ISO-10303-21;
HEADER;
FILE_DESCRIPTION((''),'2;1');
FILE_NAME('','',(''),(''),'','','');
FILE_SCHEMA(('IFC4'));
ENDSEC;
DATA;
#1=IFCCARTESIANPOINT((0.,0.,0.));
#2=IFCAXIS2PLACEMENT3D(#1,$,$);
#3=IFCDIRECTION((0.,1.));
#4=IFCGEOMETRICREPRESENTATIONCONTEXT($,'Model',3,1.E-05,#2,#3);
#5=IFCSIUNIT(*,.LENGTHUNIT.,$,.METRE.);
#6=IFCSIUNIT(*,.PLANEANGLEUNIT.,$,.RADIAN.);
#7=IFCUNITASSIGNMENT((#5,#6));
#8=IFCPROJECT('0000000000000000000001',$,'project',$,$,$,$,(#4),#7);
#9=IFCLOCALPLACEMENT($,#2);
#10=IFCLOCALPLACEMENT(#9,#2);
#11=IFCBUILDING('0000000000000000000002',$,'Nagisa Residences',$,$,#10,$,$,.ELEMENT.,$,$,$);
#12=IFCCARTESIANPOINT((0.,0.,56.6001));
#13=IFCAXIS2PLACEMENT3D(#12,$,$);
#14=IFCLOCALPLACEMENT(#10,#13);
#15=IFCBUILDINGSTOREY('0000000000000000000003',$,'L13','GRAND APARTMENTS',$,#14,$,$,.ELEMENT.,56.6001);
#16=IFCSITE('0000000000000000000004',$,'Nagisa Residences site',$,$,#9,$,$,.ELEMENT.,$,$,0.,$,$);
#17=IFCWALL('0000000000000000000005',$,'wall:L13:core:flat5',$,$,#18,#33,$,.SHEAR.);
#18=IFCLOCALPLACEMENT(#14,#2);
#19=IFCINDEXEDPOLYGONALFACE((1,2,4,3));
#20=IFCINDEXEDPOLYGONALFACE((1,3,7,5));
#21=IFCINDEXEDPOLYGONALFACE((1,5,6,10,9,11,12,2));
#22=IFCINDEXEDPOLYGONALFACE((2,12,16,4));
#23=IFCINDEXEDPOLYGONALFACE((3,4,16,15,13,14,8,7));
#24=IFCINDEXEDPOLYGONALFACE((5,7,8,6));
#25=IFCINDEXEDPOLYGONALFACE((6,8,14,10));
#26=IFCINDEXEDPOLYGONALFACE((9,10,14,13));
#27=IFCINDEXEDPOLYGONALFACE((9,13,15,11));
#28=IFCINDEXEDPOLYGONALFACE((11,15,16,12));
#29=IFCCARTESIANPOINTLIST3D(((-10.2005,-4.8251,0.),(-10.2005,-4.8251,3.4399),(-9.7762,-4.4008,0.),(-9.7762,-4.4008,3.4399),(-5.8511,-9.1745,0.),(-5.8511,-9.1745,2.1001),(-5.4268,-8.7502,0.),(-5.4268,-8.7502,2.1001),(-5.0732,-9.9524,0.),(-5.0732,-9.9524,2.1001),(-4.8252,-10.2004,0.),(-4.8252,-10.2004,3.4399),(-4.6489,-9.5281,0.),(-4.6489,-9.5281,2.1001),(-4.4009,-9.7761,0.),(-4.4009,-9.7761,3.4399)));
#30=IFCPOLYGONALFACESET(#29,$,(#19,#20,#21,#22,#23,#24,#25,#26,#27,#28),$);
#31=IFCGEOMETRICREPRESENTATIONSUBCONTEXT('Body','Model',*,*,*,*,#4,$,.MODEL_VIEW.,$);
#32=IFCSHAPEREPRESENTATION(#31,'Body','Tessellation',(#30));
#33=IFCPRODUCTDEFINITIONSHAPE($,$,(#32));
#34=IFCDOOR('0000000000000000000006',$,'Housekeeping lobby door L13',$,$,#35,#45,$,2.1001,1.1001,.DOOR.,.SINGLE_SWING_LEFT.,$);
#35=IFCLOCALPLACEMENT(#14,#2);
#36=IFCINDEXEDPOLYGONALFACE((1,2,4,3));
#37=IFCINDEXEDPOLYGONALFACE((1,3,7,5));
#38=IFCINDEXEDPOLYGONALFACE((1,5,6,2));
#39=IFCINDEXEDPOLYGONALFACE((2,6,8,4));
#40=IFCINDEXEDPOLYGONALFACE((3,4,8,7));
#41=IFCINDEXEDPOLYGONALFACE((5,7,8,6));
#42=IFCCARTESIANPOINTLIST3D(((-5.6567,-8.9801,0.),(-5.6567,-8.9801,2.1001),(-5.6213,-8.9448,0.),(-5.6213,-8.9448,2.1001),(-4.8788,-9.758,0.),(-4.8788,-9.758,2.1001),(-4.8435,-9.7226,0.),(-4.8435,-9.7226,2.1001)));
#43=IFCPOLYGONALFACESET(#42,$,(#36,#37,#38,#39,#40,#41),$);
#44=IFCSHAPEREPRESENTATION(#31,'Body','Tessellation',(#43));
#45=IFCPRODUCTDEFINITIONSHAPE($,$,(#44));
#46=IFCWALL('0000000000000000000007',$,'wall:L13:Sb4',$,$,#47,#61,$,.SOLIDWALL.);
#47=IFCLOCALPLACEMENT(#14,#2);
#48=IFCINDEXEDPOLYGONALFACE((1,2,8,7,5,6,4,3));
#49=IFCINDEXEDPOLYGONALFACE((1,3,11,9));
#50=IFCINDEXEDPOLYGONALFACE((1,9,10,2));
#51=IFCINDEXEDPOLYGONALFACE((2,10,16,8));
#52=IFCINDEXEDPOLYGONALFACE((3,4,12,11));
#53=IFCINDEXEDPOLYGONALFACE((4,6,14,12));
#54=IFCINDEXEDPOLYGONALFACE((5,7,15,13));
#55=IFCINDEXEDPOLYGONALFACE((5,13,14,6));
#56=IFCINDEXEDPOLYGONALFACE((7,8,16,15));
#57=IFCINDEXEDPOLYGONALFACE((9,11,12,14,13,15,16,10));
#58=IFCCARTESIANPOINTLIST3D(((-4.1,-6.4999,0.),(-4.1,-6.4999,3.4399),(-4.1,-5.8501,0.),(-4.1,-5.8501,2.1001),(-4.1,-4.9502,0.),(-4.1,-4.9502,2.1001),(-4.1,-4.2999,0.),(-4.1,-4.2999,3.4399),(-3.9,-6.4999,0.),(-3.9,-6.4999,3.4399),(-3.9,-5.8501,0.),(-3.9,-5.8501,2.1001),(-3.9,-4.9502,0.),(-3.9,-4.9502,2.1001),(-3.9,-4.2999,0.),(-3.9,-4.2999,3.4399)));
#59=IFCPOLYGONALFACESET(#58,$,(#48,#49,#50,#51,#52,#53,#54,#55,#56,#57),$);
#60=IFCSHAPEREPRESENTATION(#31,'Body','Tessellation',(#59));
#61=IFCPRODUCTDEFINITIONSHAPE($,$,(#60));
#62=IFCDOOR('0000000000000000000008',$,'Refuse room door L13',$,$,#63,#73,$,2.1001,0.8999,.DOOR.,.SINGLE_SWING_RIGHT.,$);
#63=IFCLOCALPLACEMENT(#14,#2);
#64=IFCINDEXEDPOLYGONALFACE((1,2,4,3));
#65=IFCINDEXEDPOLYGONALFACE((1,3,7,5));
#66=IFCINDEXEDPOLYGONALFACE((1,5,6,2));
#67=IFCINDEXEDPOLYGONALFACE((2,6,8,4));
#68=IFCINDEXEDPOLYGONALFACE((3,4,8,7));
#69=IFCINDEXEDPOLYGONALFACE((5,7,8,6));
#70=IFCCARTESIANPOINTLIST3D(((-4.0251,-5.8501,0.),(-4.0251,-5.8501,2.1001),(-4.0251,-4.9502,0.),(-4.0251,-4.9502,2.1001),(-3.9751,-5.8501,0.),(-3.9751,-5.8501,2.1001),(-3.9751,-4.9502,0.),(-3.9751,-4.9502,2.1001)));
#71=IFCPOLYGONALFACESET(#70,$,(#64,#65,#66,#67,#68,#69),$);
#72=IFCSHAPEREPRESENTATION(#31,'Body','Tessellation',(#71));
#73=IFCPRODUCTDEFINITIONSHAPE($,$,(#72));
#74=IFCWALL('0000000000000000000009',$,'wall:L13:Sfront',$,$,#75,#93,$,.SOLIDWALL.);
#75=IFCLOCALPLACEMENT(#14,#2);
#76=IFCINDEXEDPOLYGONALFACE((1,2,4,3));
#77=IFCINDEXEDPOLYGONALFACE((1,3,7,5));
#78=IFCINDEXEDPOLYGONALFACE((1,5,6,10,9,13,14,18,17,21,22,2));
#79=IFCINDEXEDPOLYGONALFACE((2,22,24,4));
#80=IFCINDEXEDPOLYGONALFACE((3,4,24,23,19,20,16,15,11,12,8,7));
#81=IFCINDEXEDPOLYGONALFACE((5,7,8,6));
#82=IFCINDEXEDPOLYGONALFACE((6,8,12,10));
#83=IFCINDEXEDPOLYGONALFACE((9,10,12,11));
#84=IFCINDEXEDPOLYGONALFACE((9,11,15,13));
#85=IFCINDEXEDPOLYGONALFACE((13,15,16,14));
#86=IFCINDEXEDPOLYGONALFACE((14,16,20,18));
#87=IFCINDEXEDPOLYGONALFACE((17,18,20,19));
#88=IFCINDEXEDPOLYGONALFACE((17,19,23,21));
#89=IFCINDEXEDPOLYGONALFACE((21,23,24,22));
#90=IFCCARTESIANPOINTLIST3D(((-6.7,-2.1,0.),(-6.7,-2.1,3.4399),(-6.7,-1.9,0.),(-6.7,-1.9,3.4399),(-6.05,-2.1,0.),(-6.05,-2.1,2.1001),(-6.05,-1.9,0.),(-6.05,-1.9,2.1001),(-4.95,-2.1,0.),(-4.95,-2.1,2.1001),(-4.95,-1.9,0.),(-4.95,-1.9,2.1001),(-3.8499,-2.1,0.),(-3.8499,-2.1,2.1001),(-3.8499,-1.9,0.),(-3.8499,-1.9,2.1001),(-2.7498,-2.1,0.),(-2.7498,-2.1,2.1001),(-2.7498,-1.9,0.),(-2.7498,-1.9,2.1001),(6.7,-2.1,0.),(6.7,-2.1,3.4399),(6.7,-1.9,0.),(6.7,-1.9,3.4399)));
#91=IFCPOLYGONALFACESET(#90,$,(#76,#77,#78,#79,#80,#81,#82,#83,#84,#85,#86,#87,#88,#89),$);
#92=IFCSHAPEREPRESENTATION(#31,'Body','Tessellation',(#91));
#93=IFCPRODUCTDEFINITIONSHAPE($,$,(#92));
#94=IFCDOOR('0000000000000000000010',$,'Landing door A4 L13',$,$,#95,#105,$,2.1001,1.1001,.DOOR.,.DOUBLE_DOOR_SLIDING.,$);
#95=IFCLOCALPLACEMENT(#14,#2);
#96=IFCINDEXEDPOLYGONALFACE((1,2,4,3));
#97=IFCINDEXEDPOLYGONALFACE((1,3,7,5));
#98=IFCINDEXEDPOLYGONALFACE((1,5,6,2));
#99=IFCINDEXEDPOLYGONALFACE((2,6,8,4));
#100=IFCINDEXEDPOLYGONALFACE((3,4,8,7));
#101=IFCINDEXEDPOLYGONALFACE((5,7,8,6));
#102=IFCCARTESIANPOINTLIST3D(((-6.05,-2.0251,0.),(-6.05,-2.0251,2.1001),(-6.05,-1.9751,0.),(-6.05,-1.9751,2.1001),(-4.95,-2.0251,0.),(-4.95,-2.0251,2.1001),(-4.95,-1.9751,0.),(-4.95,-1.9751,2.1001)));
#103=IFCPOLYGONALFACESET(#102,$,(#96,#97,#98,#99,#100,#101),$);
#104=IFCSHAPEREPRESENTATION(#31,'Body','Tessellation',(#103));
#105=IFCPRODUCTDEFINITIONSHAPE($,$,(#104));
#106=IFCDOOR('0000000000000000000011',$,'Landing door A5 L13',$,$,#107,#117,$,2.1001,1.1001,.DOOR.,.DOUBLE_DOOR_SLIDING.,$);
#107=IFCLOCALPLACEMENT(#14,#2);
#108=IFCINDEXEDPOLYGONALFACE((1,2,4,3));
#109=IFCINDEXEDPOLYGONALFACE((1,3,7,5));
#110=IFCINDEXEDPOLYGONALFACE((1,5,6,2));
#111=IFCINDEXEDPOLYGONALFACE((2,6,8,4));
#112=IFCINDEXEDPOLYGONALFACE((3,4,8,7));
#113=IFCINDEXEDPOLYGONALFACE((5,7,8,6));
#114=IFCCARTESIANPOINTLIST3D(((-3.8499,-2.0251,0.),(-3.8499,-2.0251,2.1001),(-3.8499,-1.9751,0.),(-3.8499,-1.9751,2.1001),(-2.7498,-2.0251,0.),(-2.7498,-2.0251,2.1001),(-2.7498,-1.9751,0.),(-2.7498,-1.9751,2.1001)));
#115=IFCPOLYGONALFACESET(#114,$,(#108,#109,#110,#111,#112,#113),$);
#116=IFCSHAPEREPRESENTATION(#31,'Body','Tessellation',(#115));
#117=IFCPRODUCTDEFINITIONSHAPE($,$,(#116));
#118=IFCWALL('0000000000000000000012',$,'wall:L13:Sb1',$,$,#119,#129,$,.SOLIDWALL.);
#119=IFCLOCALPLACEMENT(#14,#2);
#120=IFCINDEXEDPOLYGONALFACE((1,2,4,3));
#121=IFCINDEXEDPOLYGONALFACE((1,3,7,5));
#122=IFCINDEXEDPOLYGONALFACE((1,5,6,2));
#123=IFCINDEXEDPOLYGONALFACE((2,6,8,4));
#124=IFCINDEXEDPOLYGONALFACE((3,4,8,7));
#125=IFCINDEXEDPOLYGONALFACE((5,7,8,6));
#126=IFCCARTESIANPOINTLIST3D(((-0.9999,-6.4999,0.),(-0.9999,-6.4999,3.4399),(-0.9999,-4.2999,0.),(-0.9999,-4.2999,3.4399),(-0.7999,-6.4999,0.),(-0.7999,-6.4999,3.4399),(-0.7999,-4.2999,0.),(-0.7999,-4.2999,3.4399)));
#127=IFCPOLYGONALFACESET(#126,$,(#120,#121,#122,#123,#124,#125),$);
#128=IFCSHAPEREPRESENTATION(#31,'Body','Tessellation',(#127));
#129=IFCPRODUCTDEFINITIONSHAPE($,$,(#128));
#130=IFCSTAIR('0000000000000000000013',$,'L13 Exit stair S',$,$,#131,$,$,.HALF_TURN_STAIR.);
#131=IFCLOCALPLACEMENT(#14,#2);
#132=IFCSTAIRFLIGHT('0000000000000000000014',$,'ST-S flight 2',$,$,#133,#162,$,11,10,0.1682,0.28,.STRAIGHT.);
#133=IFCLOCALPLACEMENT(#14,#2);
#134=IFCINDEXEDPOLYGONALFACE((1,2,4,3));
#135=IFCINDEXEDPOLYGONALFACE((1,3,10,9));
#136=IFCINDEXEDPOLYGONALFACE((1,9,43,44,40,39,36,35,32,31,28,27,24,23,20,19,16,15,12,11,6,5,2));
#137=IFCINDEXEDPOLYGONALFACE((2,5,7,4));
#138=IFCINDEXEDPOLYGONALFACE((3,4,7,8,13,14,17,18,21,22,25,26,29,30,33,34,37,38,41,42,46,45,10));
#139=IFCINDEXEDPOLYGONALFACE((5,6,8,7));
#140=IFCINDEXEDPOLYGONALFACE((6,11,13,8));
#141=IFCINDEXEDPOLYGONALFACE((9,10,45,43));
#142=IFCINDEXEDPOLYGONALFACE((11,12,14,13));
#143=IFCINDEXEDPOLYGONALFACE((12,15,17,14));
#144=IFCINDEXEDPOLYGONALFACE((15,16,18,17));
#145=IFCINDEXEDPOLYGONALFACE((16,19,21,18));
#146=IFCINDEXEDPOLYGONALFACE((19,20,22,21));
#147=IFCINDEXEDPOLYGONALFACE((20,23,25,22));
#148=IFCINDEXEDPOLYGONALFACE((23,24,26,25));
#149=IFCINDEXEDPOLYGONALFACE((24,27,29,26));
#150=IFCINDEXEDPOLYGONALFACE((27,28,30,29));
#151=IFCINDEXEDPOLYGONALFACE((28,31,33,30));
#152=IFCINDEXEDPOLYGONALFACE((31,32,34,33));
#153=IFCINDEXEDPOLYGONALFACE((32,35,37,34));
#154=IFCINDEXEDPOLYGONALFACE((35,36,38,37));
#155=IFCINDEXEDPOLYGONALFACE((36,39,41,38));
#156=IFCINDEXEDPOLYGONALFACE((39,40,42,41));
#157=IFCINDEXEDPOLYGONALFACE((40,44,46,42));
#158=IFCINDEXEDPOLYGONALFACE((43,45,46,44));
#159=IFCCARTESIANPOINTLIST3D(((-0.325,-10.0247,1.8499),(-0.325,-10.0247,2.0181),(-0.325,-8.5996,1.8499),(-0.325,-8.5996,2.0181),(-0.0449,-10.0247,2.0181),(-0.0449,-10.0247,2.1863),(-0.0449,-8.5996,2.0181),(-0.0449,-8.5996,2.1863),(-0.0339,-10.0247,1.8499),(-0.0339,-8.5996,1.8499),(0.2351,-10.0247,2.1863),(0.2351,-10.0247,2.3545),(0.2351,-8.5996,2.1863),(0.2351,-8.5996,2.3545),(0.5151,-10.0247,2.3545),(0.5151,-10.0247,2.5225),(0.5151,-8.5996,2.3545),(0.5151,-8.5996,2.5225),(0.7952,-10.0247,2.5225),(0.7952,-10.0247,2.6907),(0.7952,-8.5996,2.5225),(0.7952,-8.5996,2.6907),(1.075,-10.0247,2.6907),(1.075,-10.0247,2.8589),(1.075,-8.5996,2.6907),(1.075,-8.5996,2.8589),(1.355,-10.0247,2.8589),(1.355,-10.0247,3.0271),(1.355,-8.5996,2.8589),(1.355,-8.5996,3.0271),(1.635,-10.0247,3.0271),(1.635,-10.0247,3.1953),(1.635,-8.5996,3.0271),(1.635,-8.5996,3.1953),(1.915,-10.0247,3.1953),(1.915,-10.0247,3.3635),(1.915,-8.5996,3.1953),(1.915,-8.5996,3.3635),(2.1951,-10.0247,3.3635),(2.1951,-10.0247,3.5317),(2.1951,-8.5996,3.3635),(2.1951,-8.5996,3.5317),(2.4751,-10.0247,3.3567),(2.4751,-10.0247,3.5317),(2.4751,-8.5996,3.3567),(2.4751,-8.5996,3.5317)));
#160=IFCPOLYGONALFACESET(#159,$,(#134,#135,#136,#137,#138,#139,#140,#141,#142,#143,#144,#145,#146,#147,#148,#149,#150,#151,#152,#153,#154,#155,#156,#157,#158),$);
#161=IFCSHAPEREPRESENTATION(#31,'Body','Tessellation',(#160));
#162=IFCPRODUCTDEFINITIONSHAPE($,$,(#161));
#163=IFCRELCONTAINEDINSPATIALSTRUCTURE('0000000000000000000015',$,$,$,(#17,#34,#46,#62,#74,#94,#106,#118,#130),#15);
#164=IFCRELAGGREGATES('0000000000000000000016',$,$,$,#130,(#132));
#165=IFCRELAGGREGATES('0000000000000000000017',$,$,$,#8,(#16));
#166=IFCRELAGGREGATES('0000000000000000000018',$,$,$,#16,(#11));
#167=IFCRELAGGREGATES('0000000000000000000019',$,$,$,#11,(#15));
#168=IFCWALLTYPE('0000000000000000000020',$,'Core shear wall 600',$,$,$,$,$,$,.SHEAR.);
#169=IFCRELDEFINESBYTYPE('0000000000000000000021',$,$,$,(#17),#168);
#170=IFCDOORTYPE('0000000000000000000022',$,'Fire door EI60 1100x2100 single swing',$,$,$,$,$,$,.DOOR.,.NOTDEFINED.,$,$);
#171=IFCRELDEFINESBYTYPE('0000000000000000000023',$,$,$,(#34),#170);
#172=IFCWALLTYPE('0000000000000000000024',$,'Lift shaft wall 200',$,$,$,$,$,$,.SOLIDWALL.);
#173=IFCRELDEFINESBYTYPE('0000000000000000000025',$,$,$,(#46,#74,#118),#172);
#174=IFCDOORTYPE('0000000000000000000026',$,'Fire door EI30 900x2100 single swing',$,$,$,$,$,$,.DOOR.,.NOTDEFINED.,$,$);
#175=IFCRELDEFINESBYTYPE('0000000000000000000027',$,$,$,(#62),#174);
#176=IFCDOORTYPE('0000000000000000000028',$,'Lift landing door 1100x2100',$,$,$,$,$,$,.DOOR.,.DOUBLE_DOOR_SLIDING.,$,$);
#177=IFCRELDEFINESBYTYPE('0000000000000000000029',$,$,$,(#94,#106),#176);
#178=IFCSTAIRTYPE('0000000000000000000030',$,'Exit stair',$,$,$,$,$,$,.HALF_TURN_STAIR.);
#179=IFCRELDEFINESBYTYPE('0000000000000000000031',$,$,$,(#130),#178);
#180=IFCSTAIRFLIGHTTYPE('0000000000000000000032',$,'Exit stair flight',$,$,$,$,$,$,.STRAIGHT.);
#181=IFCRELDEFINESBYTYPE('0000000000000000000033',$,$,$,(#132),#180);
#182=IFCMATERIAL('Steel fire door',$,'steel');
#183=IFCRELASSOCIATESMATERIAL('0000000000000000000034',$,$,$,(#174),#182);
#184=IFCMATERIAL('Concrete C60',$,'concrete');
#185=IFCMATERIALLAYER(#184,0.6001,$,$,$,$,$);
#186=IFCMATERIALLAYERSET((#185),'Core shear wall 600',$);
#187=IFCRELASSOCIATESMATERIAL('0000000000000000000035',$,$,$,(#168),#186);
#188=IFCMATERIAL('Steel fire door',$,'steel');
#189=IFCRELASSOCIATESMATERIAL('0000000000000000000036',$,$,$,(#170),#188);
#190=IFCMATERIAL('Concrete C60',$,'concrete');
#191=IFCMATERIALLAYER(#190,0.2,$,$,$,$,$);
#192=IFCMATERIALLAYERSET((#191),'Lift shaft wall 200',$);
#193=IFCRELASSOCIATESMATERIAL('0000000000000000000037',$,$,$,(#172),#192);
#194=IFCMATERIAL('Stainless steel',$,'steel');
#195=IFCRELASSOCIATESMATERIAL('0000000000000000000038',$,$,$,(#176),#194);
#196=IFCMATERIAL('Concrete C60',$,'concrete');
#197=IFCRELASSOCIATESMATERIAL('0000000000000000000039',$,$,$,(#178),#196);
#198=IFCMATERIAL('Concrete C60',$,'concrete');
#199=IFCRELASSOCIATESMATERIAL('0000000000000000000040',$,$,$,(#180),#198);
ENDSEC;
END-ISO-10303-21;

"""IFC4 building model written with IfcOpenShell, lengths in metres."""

from ifc_helpers import new_model, si_unit, direction, frame, frame_2d, origin, place, context, subcontext, project, spatial, polyline, rectangle, outline, extrude, material, layer, layer_set, type_object, element, fill, aggregate, save


model = new_model("IFC4")

# Units and contexts
model_context = context("Model", 3, precision=1e-05, world=origin(), true_north=direction((0.0, 1.0)))
body_context = subcontext(model_context, "Body", "Model", "MODEL_VIEW")
ifc_project = project(units=[si_unit("LENGTHUNIT", "METRE"), si_unit("PLANEANGLEUNIT", "RADIAN")], contexts=[model_context])

# Site, building, storey
site_placement = place(None, origin())
site = spatial("IfcSite", under=ifc_project, at=site_placement, Name="Nagisa Residences site", CompositionType="ELEMENT", RefElevation=0.0)
building_placement = place(site_placement, origin())
building = spatial("IfcBuilding", under=site, at=building_placement, Name="Nagisa Residences", CompositionType="ELEMENT")
storey_placement = place(building_placement, frame((0.0, 0.0, 56.6001)))
storey = spatial("IfcBuildingStorey", under=building, at=storey_placement, Name="L13", Description="GRAND APARTMENTS", CompositionType="ELEMENT", Elevation=56.6001)

# Shared definitions
ifc_material_1 = material(Name="Steel fire door", Category="steel")
door_type_1 = type_object("IfcDoorType", Name="Fire door EI30 900x2100 single swing", OperationType="NOTDEFINED", PredefinedType="DOOR", material=ifc_material_1)

# Walls, openings, doors
ifc_material_2 = material(Name="Concrete C60", Category="concrete")
ifc_layer_1 = layer(ifc_material_2, 0.6001)
ifc_layer_set_1 = layer_set([ifc_layer_1], Name="Core shear wall 600")
wall_type_1 = type_object("IfcWallType", Name="Core shear wall 600", PredefinedType="SHEAR", material=ifc_layer_set_1)
wall_1_placement = place(storey_placement, frame((-9.9883, -4.613, 0.0), z_axis=(0.0, 0.0, 1.0), x_axis=(0.707107, -0.707107, 0.0)))
wall_1 = element("IfcWall", 1, at=wall_1_placement, inside=storey, type_object=wall_type_1, Name="wall:L13:core:flat5", PredefinedType="SHEAR", context=body_context, shape_type="SweptSolid", body=[
    extrude(rectangle(XDim=7.6018, YDim=0.6001, at=frame_2d((3.8008, 0.0))), origin(), (0.0, 0.0, 1.0), 3.4399),
])
opening_1_placement = place(wall_1_placement, frame((6.1509, 0.0, 0.0)))
opening_1 = element("IfcOpeningElement", 2, at=opening_1_placement, cuts=wall_1, PredefinedType="OPENING", context=body_context, shape_type="SweptSolid", body=[
    extrude(rectangle(XDim=1.1001, YDim=2.1001, at=frame_2d((0.55, 1.05))), frame((0.0, 0.3101, 0.0), z_axis=(0.0, -1.0, 0.0), x_axis=(1.0, 0.0, 0.0)), (0.0, 0.0, 1.0), 0.6201),
])
ifc_material_3 = material(Name="Steel fire door", Category="steel")
door_type_2 = type_object("IfcDoorType", Name="Fire door EI60 1100x2100 single swing", OperationType="NOTDEFINED", PredefinedType="DOOR", material=ifc_material_3)
door_1_placement = place(opening_1_placement, origin())
door_1 = element("IfcDoor", 3, at=door_1_placement, inside=storey, type_object=door_type_2, Name="Housekeeping lobby door L13", OperationType="SINGLE_SWING_LEFT", OverallHeight=2.1001, OverallWidth=1.1001, PredefinedType="DOOR", context=body_context, shape_type="SweptSolid", body=[
    extrude(rectangle(XDim=1.1001, YDim=2.1001, at=frame_2d((0.55, 1.05))), frame((0.0, 0.0249, 0.0), z_axis=(0.0, -1.0, 0.0), x_axis=(1.0, 0.0, 0.0)), (0.0, 0.0, 1.0), 0.05),
])
fill(opening_1, door_1)
ifc_material_4 = material(Name="Concrete C60", Category="concrete")
ifc_layer_2 = layer(ifc_material_4, 0.2)
ifc_layer_set_2 = layer_set([ifc_layer_2], Name="Lift shaft wall 200")
wall_type_2 = type_object("IfcWallType", Name="Lift shaft wall 200", PredefinedType="SOLIDWALL", material=ifc_layer_set_2)
wall_2_placement = place(storey_placement, frame((-4.0, -6.5, 0.0), z_axis=(0.0, 0.0, 1.0), x_axis=(0.0, 1.0, 0.0)))
wall_2 = element("IfcWall", 4, at=wall_2_placement, inside=storey, type_object=wall_type_2, Name="wall:L13:Sb4", PredefinedType="SOLIDWALL", context=body_context, shape_type="SweptSolid", body=[
    extrude(rectangle(XDim=2.2, YDim=0.2, at=frame_2d((1.1001, 0.0))), origin(), (0.0, 0.0, 1.0), 3.4399),
])
opening_2_placement = place(wall_2_placement, frame((0.6499, 0.0, 0.0)))
opening_2 = element("IfcOpeningElement", 5, at=opening_2_placement, cuts=wall_2, PredefinedType="OPENING", context=body_context, shape_type="SweptSolid", body=[
    extrude(rectangle(XDim=0.8999, YDim=2.1001, at=frame_2d((0.45, 1.05))), frame((0.0, 0.1099, 0.0), z_axis=(0.0, -1.0, 0.0), x_axis=(1.0, 0.0, 0.0)), (0.0, 0.0, 1.0), 0.22),
])
door_2_placement = place(opening_2_placement, frame((0.8999, 0.0, 0.0), x_axis=(-1.0, 0.0, 0.0)))
door_2 = element("IfcDoor", 6, at=door_2_placement, inside=storey, type_object=door_type_1, Name="Refuse room door L13", OperationType="SINGLE_SWING_RIGHT", OverallHeight=2.1001, OverallWidth=0.8999, PredefinedType="DOOR", context=body_context, shape_type="SweptSolid", body=[
    extrude(rectangle(XDim=0.8999, YDim=2.1001, at=frame_2d((0.45, 1.05))), frame((0.0, 0.0249, 0.0), z_axis=(0.0, -1.0, 0.0), x_axis=(1.0, 0.0, 0.0)), (0.0, 0.0, 1.0), 0.05),
])
fill(opening_2, door_2)

# Wall, openings, doors
wall_3_placement = place(storey_placement, frame((-6.7, -2.0, 0.0), z_axis=(0.0, 0.0, 1.0), x_axis=(1.0, 0.0, 0.0)))
wall_3 = element("IfcWall", 7, at=wall_3_placement, inside=storey, type_object=wall_type_2, Name="wall:L13:Sfront", PredefinedType="SOLIDWALL", context=body_context, shape_type="SweptSolid", body=[
    extrude(rectangle(XDim=13.3999, YDim=0.2, at=frame_2d((6.7, 0.0))), origin(), (0.0, 0.0, 1.0), 3.4399),
])
opening_3_placement = place(wall_3_placement, frame((0.6499, 0.0, 0.0)))
opening_3 = element("IfcOpeningElement", 8, at=opening_3_placement, cuts=wall_3, PredefinedType="OPENING", context=body_context, shape_type="SweptSolid", body=[
    extrude(rectangle(XDim=1.1001, YDim=2.1001, at=frame_2d((0.55, 1.05))), frame((0.0, 0.1099, 0.0), z_axis=(0.0, -1.0, 0.0), x_axis=(1.0, 0.0, 0.0)), (0.0, 0.0, 1.0), 0.22),
])
opening_4_placement = place(wall_3_placement, frame((2.8501, 0.0, 0.0)))
opening_4 = element("IfcOpeningElement", 9, at=opening_4_placement, cuts=wall_3, PredefinedType="OPENING", context=body_context, shape_type="SweptSolid", body=[
    extrude(rectangle(XDim=1.1001, YDim=2.1001, at=frame_2d((0.55, 1.05))), frame((0.0, 0.1099, 0.0), z_axis=(0.0, -1.0, 0.0), x_axis=(1.0, 0.0, 0.0)), (0.0, 0.0, 1.0), 0.22),
])
ifc_material_5 = material(Name="Stainless steel", Category="steel")
door_type_3 = type_object("IfcDoorType", Name="Lift landing door 1100x2100", OperationType="DOUBLE_DOOR_SLIDING", PredefinedType="DOOR", material=ifc_material_5)
door_3_placement = place(opening_3_placement, origin())
door_3 = element("IfcDoor", 10, at=door_3_placement, inside=storey, type_object=door_type_3, Name="Landing door A4 L13", OperationType="DOUBLE_DOOR_SLIDING", OverallHeight=2.1001, OverallWidth=1.1001, PredefinedType="DOOR", context=body_context, shape_type="SweptSolid", body=[
    extrude(rectangle(XDim=1.1001, YDim=2.1001, at=frame_2d((0.55, 1.05))), frame((0.0, 0.0249, 0.0), z_axis=(0.0, -1.0, 0.0), x_axis=(1.0, 0.0, 0.0)), (0.0, 0.0, 1.0), 0.05),
])
fill(opening_3, door_3)
door_4_placement = place(opening_4_placement, origin())
door_4 = element("IfcDoor", 11, at=door_4_placement, inside=storey, type_object=door_type_3, Name="Landing door A5 L13", OperationType="DOUBLE_DOOR_SLIDING", OverallHeight=2.1001, OverallWidth=1.1001, PredefinedType="DOOR", context=body_context, shape_type="SweptSolid", body=[
    extrude(rectangle(XDim=1.1001, YDim=2.1001, at=frame_2d((0.55, 1.05))), frame((0.0, 0.0249, 0.0), z_axis=(0.0, -1.0, 0.0), x_axis=(1.0, 0.0, 0.0)), (0.0, 0.0, 1.0), 0.05),
])
fill(opening_4, door_4)

# Wall
wall_4_placement = place(storey_placement, frame((-0.8999, -6.5, 0.0), z_axis=(0.0, 0.0, 1.0), x_axis=(0.0, 1.0, 0.0)))
element("IfcWall", 12, at=wall_4_placement, inside=storey, type_object=wall_type_2, Name="wall:L13:Sb1", PredefinedType="SOLIDWALL", context=body_context, shape_type="SweptSolid", body=[
    extrude(rectangle(XDim=2.2, YDim=0.2, at=frame_2d((1.1001, 0.0))), origin(), (0.0, 0.0, 1.0), 3.4399),
])

# Stair, stair flight
ifc_material_6 = material(Name="Concrete C60", Category="concrete")
stair_type = type_object("IfcStairType", Name="Exit stair", PredefinedType="HALF_TURN_STAIR", material=ifc_material_6)
stair_placement = place(storey_placement, origin())
stair = element("IfcStair", 13, at=stair_placement, inside=storey, type_object=stair_type, Name="L13 Exit stair S", PredefinedType="HALF_TURN_STAIR")
ifc_material_7 = material(Name="Concrete C60", Category="concrete")
stair_flight_type = type_object("IfcStairFlightType", Name="Exit stair flight", PredefinedType="STRAIGHT", material=ifc_material_7)
stair_flight_placement = place(storey_placement, frame((-0.325, -9.312, 1.8499), z_axis=(0.0, 0.0, 1.0), x_axis=(1.0, 0.0, 0.0)))
stair_flight = element("IfcStairFlight", 14, at=stair_flight_placement, type_object=stair_flight_type, Name="ST-S flight 2", NumberOfRisers=11, NumberOfTreads=10, PredefinedType="STRAIGHT", RiserHeight=0.1682, TreadLength=0.28, context=body_context, shape_type="SweptSolid", body=[
    extrude(outline(polyline([(0.0, 0.0), (0.0, 0.1682), (0.28, 0.1682), (0.28, 0.3364), (0.5601, 0.3364), (0.5601, 0.5046), (0.8401, 0.5046), (0.8401, 0.6726), (1.1201, 0.6726), (1.1201, 0.8408), (1.3999, 0.8408), (1.3999, 1.009), (1.6799, 1.009), (1.6799, 1.1772), (1.96, 1.1772), (1.96, 1.3455), (2.24, 1.3455), (2.24, 1.5137), (2.52, 1.5137), (2.52, 1.6819), (2.8, 1.6819), (2.8, 1.8501), (2.8, 1.5068), (0.291, 0.0), (0.0, 0.0)])), frame((0.0, 0.7124, 0.0), z_axis=(0.0, -1.0, 0.0), x_axis=(1.0, 0.0, 0.0)), (0.0, 0.0, 1.0), 1.425),
])
aggregate(stair, [stair_flight])

save(model, "model.ifc")
